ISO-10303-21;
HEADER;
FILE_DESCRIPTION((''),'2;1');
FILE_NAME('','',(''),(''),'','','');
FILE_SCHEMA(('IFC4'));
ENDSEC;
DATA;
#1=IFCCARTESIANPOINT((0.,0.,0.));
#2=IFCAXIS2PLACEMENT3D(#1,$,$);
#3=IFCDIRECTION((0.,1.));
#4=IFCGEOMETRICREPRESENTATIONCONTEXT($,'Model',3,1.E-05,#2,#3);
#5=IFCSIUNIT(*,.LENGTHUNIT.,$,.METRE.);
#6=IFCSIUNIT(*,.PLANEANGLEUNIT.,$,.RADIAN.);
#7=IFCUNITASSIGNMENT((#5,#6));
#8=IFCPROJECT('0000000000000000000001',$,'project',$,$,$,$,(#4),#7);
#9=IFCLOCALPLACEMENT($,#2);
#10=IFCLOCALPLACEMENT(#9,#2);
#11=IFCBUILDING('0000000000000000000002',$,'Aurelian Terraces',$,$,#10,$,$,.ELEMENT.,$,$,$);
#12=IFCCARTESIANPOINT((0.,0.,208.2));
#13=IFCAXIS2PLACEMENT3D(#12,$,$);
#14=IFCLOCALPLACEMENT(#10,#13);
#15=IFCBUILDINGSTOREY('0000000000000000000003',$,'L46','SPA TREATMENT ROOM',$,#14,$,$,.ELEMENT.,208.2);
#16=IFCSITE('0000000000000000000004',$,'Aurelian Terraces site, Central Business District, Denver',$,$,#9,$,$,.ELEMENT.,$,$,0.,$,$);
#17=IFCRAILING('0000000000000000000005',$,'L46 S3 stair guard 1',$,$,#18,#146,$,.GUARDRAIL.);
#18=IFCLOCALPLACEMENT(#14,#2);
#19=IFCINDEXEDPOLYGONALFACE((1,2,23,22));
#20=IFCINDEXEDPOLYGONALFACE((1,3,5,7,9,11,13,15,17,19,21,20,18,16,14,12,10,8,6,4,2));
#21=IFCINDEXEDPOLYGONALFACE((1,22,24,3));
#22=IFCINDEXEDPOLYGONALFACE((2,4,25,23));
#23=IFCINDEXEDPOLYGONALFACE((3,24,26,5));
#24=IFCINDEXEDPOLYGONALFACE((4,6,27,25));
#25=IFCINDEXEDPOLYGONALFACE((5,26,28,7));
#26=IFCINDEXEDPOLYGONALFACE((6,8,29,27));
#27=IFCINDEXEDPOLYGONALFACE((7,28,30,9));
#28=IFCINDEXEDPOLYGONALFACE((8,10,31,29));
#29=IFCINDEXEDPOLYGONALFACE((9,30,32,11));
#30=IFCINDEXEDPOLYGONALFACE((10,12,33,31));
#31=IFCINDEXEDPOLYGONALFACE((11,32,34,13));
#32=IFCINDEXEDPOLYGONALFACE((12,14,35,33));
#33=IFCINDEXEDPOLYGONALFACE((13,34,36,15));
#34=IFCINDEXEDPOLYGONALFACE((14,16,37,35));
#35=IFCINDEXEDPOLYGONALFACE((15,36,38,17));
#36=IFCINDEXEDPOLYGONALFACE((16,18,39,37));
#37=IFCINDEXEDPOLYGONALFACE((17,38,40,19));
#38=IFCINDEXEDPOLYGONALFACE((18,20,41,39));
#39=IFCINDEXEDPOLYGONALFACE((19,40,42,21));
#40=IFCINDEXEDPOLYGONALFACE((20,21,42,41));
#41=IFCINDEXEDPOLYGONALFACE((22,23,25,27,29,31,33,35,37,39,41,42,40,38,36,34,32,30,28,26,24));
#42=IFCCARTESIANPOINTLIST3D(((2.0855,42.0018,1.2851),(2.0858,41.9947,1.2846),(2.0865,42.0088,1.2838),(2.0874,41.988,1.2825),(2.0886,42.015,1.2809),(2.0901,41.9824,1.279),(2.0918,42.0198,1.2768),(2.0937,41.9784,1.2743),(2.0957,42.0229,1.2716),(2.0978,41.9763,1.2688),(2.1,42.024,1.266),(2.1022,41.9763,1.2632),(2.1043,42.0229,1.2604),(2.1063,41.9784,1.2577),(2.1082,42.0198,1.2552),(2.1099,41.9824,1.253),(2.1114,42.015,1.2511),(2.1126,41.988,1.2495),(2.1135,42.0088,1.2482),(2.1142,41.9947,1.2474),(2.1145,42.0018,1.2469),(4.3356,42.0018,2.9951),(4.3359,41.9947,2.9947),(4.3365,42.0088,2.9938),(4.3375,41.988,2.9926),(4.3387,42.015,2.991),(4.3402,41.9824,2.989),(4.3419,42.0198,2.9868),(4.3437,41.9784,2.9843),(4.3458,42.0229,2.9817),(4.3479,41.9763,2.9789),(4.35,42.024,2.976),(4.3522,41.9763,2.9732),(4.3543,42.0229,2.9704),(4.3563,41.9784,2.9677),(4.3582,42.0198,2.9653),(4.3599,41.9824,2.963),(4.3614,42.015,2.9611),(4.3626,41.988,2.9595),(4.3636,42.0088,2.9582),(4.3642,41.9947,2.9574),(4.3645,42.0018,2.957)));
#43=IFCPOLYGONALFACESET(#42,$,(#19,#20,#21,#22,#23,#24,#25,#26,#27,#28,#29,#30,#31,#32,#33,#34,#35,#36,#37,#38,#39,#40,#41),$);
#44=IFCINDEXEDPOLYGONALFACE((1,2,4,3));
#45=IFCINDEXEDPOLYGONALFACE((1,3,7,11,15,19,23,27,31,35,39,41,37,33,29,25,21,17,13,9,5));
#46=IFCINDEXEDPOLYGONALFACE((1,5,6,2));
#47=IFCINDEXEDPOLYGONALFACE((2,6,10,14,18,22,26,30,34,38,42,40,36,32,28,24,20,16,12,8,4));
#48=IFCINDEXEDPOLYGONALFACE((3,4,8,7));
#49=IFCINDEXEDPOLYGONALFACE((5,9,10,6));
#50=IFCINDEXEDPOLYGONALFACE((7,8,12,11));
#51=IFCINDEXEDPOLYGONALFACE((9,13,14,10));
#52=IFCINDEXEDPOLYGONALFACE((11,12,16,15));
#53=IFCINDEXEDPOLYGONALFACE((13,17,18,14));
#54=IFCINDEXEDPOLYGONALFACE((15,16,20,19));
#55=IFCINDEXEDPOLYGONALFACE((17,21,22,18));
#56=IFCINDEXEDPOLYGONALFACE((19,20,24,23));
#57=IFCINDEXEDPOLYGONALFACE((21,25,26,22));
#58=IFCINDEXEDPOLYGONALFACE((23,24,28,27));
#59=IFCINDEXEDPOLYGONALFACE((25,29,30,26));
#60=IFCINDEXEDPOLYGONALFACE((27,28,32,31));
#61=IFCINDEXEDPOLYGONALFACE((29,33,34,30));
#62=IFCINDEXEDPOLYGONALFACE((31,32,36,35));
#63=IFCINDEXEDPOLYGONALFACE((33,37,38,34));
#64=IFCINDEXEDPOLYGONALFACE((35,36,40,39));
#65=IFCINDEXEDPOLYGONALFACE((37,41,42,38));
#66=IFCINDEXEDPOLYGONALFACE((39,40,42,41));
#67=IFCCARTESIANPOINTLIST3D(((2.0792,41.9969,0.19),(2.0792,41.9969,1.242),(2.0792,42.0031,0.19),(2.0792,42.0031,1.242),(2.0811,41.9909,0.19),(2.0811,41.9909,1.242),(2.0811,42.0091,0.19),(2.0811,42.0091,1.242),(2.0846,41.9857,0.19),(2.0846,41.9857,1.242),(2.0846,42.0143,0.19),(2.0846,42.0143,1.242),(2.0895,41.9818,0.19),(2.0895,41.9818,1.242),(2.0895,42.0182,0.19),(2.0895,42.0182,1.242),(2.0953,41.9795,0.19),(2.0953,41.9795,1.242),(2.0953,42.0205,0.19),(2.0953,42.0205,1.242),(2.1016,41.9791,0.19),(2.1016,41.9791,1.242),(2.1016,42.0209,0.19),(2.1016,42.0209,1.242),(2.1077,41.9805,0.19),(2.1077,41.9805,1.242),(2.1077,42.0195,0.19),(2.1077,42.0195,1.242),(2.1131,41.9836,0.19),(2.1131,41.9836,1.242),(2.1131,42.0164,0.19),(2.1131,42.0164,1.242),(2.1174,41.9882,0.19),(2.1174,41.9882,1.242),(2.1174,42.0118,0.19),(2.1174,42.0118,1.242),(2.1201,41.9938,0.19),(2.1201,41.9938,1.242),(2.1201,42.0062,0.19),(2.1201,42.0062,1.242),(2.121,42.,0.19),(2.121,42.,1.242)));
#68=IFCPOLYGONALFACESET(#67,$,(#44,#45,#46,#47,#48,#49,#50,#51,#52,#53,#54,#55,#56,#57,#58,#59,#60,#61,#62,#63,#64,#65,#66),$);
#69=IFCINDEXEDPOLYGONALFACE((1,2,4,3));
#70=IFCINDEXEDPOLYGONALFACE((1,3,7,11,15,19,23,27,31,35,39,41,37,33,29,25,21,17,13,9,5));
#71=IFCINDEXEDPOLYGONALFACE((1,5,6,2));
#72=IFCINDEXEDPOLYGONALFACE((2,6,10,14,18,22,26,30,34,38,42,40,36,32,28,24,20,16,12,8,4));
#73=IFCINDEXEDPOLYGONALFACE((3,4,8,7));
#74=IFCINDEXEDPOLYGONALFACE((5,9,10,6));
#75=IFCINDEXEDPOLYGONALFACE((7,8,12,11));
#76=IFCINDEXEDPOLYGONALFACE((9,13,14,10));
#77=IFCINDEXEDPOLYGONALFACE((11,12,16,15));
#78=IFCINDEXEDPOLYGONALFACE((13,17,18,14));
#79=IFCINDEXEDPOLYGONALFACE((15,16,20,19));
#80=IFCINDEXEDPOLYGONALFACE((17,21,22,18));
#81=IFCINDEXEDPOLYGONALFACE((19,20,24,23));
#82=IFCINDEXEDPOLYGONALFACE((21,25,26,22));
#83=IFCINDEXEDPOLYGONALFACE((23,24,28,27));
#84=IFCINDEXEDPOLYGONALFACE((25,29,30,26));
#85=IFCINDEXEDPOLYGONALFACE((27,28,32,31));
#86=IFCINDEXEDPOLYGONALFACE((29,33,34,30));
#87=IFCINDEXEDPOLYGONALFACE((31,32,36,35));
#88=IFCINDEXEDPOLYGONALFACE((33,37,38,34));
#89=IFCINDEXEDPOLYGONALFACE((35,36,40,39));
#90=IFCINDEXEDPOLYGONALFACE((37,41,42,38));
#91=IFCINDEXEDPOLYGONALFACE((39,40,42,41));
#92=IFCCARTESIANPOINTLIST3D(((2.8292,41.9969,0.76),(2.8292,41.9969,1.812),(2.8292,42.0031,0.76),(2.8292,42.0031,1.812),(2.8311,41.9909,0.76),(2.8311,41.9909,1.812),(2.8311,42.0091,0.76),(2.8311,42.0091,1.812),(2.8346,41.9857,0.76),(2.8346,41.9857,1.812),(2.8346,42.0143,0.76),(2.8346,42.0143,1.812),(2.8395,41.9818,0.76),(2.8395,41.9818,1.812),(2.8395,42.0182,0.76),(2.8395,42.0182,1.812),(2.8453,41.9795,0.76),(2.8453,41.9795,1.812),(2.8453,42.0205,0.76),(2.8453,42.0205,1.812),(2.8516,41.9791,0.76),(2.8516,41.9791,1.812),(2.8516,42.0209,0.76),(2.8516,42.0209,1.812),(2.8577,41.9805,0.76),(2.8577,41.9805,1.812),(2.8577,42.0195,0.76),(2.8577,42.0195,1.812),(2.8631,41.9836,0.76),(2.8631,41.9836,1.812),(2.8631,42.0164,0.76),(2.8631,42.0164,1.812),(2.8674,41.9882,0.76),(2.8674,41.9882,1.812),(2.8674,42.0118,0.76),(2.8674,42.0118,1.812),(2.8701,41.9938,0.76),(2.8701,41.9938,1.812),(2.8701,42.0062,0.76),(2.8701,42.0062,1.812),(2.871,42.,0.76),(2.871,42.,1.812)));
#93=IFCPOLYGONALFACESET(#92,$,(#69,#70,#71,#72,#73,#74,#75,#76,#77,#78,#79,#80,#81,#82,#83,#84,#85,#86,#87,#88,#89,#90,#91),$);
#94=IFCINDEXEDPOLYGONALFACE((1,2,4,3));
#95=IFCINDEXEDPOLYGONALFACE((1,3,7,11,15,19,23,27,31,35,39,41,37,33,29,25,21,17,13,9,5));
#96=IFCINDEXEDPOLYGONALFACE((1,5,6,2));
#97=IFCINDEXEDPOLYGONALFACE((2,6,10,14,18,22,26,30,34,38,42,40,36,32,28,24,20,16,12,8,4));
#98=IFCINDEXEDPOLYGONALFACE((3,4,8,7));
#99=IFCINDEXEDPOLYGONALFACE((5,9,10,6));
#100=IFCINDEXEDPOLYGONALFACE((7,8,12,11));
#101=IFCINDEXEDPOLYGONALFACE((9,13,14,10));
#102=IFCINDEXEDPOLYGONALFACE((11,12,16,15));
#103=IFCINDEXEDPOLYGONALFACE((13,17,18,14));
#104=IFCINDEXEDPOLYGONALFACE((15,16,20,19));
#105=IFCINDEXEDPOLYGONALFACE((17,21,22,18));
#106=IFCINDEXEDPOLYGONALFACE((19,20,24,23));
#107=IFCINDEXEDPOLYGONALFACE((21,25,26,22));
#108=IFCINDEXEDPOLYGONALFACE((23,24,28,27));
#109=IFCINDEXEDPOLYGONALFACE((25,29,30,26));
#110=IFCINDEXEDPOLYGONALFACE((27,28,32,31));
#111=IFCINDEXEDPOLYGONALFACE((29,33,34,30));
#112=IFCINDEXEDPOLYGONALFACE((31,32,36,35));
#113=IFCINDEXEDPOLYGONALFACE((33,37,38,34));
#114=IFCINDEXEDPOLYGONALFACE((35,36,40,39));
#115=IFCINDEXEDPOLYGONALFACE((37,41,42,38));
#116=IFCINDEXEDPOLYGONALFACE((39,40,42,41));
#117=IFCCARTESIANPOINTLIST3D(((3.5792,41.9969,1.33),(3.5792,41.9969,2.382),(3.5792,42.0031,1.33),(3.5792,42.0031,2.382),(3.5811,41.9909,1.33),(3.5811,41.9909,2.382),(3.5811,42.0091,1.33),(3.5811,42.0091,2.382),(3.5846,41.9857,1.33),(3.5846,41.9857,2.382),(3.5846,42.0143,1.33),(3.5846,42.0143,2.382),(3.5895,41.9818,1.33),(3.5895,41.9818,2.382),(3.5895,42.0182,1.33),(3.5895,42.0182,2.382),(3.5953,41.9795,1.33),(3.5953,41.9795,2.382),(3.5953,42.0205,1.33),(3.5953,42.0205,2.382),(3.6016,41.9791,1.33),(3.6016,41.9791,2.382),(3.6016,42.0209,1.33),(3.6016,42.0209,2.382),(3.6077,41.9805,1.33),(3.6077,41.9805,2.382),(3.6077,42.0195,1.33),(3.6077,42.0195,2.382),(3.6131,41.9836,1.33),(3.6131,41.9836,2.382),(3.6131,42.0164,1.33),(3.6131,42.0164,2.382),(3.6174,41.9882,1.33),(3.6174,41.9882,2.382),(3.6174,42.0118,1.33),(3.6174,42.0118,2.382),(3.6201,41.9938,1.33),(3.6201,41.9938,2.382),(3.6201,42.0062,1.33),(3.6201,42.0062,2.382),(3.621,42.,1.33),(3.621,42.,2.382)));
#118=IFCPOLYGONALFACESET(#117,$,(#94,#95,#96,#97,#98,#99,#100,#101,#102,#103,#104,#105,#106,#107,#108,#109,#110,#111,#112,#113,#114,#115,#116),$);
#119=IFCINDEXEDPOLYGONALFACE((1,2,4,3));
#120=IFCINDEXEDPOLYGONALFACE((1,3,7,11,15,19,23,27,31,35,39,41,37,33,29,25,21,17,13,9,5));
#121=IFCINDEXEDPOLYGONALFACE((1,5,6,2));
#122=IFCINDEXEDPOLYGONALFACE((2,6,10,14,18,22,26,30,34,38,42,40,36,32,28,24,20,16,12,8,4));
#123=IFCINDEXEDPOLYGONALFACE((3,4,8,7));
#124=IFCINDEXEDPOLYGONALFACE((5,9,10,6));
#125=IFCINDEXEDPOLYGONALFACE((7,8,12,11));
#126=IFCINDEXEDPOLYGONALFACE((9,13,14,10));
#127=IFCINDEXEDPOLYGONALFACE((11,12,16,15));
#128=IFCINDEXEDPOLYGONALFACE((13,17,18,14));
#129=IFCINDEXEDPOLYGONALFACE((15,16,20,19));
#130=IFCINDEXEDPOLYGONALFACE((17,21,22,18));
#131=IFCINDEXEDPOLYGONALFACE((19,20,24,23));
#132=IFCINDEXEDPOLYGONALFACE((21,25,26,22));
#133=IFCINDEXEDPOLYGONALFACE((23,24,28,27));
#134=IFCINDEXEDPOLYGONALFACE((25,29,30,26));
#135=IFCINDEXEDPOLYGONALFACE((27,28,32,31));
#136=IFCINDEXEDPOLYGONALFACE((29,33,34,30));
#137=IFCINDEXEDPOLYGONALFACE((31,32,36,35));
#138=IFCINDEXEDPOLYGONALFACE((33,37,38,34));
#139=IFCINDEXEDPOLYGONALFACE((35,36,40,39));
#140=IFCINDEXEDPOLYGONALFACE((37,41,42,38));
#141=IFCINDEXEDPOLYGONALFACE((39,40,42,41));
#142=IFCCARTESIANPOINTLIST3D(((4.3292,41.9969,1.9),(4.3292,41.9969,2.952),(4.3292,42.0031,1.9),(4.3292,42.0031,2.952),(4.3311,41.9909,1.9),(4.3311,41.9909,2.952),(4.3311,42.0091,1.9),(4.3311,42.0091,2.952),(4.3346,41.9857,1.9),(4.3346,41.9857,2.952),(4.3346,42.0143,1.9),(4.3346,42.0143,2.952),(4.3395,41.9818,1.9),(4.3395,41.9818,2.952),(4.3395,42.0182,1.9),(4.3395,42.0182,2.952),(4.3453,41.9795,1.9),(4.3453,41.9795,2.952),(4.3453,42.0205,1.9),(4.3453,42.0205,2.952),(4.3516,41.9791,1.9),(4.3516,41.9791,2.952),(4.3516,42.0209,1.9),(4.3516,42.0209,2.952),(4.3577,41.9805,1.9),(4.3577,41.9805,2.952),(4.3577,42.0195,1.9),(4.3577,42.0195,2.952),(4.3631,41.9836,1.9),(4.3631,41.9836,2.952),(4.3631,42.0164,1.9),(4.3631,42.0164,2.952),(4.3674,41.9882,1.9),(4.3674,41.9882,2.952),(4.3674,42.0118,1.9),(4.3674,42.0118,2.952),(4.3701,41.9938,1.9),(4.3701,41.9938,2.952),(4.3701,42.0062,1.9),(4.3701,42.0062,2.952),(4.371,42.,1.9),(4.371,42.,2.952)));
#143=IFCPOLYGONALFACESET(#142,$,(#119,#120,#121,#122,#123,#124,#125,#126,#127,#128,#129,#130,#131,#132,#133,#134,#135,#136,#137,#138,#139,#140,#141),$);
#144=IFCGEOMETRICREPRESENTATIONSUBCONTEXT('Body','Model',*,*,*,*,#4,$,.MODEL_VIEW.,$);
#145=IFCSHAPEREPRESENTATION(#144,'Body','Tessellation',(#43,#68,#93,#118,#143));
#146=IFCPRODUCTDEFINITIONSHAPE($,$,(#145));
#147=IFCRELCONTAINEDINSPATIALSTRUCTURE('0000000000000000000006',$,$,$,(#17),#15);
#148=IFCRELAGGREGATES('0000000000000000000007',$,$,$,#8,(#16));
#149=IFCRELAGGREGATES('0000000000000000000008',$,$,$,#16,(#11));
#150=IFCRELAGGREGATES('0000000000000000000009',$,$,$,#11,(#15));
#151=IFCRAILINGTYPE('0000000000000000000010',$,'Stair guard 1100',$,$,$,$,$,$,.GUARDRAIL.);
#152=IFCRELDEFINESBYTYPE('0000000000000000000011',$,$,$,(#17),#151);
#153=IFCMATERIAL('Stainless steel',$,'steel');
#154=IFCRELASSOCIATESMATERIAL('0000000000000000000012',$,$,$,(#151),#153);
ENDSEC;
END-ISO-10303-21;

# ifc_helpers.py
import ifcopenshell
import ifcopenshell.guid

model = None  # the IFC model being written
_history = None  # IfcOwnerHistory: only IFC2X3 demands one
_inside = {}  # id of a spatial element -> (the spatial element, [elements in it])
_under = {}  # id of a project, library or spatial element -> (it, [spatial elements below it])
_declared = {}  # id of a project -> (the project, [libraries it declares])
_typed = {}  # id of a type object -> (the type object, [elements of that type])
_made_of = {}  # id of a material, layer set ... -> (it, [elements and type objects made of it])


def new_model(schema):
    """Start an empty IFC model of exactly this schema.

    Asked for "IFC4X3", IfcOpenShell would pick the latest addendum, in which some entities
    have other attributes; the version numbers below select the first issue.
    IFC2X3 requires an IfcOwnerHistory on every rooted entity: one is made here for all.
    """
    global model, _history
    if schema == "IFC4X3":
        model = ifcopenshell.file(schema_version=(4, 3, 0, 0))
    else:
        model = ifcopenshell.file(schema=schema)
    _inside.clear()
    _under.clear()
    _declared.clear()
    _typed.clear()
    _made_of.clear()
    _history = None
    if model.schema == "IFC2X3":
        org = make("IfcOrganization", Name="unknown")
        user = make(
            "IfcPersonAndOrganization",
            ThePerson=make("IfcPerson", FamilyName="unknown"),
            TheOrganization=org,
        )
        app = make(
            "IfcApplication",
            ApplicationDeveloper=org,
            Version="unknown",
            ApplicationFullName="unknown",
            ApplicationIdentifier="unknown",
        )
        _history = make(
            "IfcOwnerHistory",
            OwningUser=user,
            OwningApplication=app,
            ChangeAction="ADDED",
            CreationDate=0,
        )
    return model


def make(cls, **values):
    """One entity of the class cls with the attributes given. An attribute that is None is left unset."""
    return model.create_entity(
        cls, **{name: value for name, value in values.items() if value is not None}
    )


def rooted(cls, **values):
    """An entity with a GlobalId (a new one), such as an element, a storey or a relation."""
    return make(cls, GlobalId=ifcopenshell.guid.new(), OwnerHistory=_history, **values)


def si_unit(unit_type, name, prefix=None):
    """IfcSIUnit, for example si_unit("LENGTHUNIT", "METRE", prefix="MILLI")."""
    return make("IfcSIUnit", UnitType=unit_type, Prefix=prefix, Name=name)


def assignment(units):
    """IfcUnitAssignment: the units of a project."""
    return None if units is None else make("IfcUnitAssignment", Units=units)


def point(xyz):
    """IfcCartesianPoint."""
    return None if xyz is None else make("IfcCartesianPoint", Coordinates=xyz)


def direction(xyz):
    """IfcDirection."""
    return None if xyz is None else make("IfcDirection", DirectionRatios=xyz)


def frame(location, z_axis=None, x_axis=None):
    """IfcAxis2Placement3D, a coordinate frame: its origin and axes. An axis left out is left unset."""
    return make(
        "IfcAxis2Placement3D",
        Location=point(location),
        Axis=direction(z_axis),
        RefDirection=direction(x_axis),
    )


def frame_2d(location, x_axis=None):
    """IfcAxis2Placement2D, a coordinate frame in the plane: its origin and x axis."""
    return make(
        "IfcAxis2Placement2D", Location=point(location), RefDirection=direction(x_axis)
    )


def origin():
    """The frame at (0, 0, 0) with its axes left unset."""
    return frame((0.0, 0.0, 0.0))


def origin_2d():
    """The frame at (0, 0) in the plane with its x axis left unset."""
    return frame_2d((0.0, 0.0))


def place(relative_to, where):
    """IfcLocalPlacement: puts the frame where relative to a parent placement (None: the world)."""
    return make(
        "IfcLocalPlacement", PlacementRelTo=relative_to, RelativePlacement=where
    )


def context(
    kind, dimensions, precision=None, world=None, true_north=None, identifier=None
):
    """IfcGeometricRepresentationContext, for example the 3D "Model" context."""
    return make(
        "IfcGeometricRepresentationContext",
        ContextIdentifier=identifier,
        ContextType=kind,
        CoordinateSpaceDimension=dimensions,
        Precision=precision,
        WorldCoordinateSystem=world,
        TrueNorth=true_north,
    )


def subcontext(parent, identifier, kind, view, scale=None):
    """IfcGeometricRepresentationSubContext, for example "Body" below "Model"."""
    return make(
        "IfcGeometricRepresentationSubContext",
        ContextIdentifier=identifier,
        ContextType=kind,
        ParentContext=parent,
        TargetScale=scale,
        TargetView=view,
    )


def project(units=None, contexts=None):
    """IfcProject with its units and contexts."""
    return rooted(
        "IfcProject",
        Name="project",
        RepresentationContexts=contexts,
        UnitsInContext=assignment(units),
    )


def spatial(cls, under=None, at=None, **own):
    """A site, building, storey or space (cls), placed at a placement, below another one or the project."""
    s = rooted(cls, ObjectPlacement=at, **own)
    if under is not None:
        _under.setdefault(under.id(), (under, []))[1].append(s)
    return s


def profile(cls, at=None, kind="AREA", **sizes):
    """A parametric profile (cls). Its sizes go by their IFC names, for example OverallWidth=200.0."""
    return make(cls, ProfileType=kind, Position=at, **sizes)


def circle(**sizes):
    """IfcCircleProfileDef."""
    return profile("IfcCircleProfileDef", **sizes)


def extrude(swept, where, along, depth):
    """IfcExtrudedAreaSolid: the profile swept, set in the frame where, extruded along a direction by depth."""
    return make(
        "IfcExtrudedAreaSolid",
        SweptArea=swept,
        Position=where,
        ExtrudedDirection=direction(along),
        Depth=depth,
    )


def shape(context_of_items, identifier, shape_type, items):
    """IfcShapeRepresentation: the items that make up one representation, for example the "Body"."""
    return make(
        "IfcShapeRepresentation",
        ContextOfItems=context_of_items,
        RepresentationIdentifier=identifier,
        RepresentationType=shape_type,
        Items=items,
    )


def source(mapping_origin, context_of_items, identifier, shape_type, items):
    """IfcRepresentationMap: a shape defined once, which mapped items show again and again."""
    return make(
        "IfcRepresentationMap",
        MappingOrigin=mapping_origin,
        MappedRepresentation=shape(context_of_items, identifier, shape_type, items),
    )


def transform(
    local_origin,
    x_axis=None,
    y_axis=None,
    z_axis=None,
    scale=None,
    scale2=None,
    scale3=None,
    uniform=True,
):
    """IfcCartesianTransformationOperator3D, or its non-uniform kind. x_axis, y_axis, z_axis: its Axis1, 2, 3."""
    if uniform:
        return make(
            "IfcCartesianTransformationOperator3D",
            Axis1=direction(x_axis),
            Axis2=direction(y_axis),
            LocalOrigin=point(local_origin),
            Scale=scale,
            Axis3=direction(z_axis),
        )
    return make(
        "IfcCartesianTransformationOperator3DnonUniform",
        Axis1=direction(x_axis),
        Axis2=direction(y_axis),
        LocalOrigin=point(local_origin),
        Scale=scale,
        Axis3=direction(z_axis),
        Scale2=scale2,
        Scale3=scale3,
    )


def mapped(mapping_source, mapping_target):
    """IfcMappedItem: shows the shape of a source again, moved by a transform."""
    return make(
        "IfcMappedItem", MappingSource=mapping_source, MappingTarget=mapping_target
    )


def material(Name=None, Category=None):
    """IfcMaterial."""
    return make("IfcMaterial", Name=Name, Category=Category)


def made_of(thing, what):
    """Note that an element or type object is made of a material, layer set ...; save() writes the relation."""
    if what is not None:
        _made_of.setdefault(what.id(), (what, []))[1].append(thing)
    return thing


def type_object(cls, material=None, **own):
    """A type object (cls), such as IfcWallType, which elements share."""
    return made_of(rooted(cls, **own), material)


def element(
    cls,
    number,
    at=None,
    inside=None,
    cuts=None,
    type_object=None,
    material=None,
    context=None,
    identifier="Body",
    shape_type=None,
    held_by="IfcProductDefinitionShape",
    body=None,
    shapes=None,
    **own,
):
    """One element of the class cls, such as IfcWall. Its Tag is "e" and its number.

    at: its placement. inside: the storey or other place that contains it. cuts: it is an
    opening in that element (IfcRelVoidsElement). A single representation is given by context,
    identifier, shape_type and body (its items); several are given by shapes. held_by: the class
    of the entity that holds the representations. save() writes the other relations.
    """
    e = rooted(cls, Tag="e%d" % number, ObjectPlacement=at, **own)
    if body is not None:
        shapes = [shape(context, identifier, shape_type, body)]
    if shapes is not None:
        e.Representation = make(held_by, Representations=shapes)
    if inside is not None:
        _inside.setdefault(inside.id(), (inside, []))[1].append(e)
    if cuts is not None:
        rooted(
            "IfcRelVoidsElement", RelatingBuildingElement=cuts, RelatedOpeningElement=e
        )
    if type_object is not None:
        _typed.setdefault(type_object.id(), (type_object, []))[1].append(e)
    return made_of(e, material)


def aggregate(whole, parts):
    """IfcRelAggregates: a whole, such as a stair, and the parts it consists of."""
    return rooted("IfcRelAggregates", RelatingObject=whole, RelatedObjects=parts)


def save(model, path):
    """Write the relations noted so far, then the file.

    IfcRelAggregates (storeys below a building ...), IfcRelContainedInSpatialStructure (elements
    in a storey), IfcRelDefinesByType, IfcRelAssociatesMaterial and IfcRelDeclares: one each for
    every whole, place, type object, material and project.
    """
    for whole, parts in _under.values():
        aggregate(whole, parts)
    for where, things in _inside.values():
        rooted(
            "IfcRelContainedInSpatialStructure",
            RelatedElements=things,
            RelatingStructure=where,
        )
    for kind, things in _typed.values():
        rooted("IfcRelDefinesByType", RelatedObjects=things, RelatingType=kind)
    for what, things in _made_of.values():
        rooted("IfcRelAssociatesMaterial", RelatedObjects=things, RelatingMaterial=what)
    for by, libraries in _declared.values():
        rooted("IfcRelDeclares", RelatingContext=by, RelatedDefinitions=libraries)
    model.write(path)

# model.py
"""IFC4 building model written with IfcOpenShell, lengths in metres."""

from ifc_helpers import new_model, si_unit, direction, frame, origin, origin_2d, place, context, subcontext, project, spatial, circle, extrude, source, transform, mapped, material, type_object, element, save


model = new_model("IFC4")

# Units and contexts
model_context = context("Model", 3, precision=1e-05, world=origin(), true_north=direction((0.0, 1.0)))
body_context = subcontext(model_context, "Body", "Model", "MODEL_VIEW")
ifc_project = project(units=[si_unit("LENGTHUNIT", "METRE"), si_unit("PLANEANGLEUNIT", "RADIAN")], contexts=[model_context])

# Site, building, storey
site_placement = place(None, origin())
site = spatial("IfcSite", under=ifc_project, at=site_placement, Name="Aurelian Terraces site, Central Business District, Denver", CompositionType="ELEMENT", RefElevation=0.0)
building_placement = place(site_placement, origin())
building = spatial("IfcBuilding", under=site, at=building_placement, Name="Aurelian Terraces", CompositionType="ELEMENT")
storey_placement = place(building_placement, frame((0.0, 0.0, 208.2)))
storey = spatial("IfcBuildingStorey", under=building, at=storey_placement, Name="L46", Description="SPA TREATMENT ROOM", CompositionType="ELEMENT", Elevation=208.2)

# Railing
ifc_material_1 = material(Name="Stainless steel", Category="steel")
railing_type_1 = type_object("IfcRailingType", Name="Stair guard 1100", PredefinedType="GUARDRAIL", material=ifc_material_1)
shared_shape_1 = source(origin(), body_context, "Body", "SweptSolid", [
    extrude(circle(Radius=0.024, at=origin_2d()), frame((0.0, 0.0, 1.076), z_axis=(0.796162, 0.0, 0.605083), x_axis=(0.0, 1.0, 0.0)), (0.0, 0.0, 1.0), 2.8261),
    extrude(circle(Radius=0.021, at=origin_2d()), origin(), (0.0, 0.0, 1.0), 1.052),
    extrude(circle(Radius=0.021, at=origin_2d()), frame((0.75, 0.0, 0.57)), (0.0, 0.0, 1.0), 1.052),
    extrude(circle(Radius=0.021, at=origin_2d()), frame((1.5, 0.0, 1.14)), (0.0, 0.0, 1.0), 1.052),
    extrude(circle(Radius=0.021, at=origin_2d()), frame((2.25, 0.0, 1.71)), (0.0, 0.0, 1.0), 1.052),
])
railing_1_placement = place(storey_placement, frame((2.1, 42.0, 0.19)))
element("IfcRailing", 1, at=railing_1_placement, inside=storey, type_object=railing_type_1, Name="L46 S3 stair guard 1", PredefinedType="GUARDRAIL", context=body_context, shape_type="MappedRepresentation", body=[
    mapped(shared_shape_1, transform((0.0, 0.0, 0.0), scale=1.0)),
])

save(model, "model.ifc")
